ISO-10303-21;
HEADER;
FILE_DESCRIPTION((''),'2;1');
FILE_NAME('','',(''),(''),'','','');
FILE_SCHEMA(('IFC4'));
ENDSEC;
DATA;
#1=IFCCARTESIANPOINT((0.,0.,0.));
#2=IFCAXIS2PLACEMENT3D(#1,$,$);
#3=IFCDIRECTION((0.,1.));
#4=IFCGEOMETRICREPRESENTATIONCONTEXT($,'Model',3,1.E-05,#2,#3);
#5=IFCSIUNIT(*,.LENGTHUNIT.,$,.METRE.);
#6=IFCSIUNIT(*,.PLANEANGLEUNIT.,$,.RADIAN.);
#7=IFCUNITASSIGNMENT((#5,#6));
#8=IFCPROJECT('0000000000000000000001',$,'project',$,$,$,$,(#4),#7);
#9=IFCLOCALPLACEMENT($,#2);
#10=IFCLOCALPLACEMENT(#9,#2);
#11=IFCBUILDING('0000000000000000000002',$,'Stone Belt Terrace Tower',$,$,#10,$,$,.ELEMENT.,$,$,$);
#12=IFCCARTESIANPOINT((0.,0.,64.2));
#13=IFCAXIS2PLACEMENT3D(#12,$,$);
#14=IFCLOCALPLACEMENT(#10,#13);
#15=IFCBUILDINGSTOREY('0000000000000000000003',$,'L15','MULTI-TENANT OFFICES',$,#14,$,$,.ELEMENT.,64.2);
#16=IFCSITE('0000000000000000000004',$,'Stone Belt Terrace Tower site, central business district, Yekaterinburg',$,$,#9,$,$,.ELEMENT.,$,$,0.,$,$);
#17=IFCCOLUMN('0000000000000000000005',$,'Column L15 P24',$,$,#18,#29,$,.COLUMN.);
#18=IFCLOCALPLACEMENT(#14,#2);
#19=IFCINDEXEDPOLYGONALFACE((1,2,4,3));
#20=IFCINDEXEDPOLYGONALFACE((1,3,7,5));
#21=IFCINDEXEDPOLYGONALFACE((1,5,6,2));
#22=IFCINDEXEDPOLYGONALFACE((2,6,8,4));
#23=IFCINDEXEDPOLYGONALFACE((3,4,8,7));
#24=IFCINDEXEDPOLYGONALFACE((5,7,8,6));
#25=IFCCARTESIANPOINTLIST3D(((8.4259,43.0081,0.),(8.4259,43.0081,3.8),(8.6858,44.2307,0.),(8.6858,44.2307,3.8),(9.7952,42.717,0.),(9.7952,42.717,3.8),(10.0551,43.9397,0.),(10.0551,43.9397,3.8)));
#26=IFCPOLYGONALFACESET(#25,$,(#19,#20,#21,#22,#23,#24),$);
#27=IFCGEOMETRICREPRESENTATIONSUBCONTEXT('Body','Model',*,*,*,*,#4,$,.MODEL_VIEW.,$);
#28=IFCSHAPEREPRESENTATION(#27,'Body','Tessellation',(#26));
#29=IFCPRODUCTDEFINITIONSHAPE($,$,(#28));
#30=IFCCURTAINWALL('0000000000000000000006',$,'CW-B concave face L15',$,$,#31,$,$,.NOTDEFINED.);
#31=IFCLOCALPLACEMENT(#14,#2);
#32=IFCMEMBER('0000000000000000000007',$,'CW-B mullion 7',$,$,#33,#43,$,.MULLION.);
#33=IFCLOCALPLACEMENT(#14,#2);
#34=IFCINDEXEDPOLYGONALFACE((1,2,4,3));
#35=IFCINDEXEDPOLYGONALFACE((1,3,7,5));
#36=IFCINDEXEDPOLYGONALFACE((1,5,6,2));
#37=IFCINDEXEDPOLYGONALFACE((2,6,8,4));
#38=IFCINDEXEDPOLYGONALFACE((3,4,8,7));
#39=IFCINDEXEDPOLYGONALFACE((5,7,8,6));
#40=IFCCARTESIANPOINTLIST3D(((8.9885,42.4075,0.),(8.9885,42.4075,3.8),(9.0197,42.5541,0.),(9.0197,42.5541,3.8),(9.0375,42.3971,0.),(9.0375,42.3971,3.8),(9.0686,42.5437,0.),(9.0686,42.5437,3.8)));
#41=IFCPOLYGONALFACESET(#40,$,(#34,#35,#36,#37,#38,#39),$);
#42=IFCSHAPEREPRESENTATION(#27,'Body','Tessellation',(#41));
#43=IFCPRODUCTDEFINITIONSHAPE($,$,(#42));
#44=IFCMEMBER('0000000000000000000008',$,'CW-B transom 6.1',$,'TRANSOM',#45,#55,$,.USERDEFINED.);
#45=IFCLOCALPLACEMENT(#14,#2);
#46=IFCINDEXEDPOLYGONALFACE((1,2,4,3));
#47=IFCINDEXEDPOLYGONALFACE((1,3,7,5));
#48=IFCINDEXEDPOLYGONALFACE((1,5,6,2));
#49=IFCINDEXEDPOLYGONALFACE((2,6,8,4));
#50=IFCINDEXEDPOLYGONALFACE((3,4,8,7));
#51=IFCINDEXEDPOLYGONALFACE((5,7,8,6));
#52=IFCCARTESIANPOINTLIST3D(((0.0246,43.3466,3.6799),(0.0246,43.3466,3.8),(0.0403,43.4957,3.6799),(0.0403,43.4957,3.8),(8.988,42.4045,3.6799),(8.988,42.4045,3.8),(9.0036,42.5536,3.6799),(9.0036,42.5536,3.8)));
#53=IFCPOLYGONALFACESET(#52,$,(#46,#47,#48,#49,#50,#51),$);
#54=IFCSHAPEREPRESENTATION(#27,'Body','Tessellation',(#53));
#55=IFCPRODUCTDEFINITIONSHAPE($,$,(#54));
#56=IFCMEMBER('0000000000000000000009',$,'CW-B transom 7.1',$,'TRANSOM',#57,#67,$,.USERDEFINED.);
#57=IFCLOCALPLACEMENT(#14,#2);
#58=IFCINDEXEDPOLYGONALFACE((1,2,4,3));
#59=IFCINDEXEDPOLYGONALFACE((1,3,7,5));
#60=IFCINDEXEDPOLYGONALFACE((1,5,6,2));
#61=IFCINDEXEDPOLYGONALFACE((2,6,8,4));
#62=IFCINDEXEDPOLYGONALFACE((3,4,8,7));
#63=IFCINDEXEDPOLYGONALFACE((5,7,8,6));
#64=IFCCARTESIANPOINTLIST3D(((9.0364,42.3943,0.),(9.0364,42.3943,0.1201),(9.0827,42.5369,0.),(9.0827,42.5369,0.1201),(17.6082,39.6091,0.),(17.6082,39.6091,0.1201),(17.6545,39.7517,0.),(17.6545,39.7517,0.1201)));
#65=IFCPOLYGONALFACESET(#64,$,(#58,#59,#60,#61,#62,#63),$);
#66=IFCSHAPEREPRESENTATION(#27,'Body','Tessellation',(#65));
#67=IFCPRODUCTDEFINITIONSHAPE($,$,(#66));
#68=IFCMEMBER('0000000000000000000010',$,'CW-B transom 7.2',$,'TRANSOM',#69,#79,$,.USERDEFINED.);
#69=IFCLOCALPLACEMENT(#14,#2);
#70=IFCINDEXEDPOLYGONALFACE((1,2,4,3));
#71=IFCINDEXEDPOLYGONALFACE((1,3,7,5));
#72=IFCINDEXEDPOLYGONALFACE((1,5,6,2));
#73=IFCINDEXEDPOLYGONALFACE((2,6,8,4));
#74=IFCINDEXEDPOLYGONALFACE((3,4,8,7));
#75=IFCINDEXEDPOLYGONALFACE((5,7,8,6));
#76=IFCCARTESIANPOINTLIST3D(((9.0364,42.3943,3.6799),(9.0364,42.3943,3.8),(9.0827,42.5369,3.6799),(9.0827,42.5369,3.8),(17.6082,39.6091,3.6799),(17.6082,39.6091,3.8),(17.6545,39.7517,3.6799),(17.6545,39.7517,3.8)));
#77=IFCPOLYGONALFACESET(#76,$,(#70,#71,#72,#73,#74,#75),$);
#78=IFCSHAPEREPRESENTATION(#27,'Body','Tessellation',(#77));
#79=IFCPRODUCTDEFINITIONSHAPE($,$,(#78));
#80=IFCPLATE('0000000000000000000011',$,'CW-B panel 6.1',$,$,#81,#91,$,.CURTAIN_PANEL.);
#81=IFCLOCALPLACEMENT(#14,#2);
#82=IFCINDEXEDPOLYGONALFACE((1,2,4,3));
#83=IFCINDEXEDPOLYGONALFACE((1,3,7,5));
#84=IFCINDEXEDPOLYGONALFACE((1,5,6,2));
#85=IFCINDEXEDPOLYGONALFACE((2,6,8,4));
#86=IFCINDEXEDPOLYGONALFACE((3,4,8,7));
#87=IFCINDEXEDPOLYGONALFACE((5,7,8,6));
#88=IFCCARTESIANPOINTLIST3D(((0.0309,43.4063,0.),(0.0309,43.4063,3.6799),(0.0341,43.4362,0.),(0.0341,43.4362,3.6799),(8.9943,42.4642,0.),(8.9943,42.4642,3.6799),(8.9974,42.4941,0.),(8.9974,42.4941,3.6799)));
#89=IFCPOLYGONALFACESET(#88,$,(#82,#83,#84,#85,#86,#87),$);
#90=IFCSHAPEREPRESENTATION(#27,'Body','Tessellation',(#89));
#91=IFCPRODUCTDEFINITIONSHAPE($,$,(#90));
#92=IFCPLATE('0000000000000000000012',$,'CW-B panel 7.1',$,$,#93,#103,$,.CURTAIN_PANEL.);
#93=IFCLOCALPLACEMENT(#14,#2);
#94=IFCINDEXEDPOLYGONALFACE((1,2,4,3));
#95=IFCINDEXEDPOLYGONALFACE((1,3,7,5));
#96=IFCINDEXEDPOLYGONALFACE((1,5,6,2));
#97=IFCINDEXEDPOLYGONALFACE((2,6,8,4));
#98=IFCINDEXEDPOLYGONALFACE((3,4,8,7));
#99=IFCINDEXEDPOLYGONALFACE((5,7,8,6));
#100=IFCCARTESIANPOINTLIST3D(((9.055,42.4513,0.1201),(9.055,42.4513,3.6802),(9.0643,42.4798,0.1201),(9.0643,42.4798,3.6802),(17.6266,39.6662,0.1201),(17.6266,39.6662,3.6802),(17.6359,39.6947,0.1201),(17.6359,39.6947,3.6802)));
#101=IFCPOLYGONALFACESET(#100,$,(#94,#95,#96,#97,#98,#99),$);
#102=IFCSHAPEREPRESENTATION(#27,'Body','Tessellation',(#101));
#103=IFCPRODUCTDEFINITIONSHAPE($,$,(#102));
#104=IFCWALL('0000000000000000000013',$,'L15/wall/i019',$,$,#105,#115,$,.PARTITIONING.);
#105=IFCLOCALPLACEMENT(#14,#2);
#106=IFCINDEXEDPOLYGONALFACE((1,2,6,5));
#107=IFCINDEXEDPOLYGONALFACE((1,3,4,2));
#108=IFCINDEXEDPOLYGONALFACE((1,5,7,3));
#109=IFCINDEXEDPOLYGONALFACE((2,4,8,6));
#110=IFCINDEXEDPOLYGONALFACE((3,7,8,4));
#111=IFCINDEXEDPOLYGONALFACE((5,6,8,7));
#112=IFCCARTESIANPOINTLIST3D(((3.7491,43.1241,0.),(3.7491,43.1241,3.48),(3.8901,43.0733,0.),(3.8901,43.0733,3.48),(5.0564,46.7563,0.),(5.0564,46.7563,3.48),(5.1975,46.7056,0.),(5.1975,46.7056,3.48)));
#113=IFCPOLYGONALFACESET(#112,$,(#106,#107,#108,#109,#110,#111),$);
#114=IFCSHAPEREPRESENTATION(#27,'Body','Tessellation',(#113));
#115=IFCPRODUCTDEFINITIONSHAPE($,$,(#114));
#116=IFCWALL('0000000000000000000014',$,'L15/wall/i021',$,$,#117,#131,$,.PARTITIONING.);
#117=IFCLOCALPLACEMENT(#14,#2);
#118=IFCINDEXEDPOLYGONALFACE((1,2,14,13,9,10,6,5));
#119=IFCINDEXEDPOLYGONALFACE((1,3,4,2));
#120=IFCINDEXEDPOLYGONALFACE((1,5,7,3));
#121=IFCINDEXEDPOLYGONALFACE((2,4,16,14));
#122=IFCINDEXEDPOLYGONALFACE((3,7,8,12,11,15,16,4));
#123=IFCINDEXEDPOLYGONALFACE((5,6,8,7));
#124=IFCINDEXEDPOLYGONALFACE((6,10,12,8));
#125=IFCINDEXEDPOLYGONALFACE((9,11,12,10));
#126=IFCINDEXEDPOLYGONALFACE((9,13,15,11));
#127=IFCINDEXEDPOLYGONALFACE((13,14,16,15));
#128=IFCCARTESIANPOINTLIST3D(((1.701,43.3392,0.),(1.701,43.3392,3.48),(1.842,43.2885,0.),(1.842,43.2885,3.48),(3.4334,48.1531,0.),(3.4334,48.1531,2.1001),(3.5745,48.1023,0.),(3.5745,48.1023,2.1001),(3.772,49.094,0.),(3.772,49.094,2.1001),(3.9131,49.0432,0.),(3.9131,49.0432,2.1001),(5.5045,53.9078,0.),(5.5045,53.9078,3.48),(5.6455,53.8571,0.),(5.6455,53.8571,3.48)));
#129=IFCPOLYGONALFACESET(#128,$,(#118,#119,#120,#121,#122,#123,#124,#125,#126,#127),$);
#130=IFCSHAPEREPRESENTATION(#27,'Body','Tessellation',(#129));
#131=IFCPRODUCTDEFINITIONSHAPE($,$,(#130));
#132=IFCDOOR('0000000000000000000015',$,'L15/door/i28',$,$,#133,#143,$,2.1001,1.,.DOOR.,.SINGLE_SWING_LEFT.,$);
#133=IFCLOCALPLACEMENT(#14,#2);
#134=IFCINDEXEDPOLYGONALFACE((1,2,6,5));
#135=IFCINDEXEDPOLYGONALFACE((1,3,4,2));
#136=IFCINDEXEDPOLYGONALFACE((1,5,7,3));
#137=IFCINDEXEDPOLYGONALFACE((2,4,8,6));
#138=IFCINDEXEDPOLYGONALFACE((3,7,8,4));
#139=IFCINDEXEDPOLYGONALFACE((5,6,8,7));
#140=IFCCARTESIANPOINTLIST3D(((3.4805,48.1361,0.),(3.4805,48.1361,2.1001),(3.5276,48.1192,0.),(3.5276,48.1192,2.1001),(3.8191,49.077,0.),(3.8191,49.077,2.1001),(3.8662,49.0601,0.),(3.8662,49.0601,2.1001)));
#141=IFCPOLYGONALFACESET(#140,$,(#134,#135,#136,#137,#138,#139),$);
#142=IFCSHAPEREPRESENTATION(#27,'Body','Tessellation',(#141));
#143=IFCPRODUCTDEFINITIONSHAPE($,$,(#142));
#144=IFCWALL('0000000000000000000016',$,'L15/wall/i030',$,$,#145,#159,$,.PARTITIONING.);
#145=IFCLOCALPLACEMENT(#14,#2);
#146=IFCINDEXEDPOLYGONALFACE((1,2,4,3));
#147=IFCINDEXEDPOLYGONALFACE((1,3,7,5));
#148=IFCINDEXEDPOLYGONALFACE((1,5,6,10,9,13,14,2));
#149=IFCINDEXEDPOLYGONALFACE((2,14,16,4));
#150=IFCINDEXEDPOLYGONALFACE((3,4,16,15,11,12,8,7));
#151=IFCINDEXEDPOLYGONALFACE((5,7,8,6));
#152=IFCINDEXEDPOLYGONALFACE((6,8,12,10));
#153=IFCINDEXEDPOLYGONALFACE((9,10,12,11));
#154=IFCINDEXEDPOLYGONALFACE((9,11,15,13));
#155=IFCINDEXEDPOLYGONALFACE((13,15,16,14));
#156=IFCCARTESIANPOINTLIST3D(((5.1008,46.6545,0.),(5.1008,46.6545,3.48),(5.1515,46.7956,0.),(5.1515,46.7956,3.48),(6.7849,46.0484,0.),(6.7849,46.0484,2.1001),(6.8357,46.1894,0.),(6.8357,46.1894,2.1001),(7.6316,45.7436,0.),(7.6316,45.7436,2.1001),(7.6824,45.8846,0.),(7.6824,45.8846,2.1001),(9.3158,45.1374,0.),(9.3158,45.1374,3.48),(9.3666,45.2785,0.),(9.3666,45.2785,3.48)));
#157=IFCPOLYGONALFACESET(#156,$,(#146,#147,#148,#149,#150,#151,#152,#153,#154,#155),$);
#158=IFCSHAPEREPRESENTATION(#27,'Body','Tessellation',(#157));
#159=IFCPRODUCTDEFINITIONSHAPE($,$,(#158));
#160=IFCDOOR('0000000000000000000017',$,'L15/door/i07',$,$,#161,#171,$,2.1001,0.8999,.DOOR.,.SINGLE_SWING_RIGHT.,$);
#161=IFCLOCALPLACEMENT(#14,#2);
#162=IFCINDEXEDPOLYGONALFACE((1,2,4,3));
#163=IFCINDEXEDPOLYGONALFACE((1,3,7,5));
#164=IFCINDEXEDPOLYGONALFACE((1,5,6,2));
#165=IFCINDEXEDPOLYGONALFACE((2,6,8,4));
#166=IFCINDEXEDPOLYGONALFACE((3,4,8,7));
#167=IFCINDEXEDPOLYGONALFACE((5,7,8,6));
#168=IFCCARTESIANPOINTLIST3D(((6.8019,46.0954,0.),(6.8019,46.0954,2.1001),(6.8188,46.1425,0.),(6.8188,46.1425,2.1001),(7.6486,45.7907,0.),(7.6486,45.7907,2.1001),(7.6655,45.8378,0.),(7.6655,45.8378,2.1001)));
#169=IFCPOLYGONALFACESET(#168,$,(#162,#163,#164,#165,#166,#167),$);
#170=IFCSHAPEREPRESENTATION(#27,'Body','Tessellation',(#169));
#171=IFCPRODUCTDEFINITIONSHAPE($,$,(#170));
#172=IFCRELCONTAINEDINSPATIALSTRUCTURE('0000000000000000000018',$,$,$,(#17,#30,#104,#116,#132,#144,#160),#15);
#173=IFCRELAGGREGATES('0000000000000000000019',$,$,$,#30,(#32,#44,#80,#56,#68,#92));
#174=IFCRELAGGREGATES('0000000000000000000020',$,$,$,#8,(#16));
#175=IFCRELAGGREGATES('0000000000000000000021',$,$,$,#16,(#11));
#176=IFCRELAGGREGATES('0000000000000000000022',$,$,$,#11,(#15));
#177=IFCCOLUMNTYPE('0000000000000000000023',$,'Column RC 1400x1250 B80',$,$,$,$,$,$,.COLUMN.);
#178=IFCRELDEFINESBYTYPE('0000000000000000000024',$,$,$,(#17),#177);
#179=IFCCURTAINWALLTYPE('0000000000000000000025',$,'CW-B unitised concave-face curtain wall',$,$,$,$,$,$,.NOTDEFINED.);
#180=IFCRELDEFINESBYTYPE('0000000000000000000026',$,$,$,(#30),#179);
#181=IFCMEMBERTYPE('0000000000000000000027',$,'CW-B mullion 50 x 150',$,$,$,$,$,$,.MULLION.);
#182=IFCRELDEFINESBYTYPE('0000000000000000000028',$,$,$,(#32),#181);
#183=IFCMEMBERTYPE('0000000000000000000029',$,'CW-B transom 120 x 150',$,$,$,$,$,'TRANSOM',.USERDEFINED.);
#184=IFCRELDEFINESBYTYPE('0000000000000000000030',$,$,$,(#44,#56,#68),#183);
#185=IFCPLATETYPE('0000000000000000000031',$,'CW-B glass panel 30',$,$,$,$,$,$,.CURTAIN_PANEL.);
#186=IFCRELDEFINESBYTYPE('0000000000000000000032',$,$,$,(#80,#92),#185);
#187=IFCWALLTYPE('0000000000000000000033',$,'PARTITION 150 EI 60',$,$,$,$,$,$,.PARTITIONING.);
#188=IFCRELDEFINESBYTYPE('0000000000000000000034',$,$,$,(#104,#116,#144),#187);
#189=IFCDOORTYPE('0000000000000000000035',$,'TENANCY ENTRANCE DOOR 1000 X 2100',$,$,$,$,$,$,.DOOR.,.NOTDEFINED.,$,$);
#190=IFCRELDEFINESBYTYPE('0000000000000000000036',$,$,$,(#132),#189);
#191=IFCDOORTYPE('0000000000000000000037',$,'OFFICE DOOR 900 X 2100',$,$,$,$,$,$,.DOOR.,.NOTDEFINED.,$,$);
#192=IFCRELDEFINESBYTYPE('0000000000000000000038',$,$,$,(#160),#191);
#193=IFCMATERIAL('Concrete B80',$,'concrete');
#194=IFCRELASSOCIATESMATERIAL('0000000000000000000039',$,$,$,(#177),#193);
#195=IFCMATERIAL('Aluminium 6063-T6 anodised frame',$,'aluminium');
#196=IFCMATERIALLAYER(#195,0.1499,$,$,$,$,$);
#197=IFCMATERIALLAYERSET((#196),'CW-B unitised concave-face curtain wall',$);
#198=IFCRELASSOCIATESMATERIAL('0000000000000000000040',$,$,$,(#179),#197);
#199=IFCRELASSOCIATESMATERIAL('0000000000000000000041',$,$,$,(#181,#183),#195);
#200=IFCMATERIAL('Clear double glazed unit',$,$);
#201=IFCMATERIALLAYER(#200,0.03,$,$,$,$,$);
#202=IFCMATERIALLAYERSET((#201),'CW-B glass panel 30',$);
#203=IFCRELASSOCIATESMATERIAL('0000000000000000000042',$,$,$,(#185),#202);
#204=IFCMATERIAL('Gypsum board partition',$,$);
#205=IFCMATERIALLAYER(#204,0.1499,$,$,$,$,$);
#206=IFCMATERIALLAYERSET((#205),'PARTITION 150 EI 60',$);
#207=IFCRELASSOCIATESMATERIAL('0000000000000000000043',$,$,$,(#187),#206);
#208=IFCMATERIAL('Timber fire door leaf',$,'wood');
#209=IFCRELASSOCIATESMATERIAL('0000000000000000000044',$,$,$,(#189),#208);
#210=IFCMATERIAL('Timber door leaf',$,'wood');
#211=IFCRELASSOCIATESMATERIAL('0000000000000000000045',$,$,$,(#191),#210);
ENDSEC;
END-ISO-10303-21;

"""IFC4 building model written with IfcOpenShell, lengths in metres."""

from ifc_helpers import new_model, si_unit, direction, frame, frame_2d, origin, origin_2d, place, context, subcontext, project, spatial, rectangle, extrude, material, layer, layer_set, material_profile, profile_set, type_object, element, fill, aggregate, save


model = new_model("IFC4")

# Units and contexts
model_context = context("Model", 3, precision=1e-05, world=origin(), true_north=direction((0.0, 1.0)))
body_context = subcontext(model_context, "Body", "Model", "MODEL_VIEW")
ifc_project = project(units=[si_unit("LENGTHUNIT", "METRE"), si_unit("PLANEANGLEUNIT", "RADIAN")], contexts=[model_context])

# Site, building, storey
site_placement = place(None, origin())
site = spatial("IfcSite", under=ifc_project, at=site_placement, Name="Stone Belt Terrace Tower site, central business district, Yekaterinburg", CompositionType="ELEMENT", RefElevation=0.0)
building_placement = place(site_placement, origin())
building = spatial("IfcBuilding", under=site, at=building_placement, Name="Stone Belt Terrace Tower", CompositionType="ELEMENT")
storey_placement = place(building_placement, frame((0.0, 0.0, 64.2)))
storey = spatial("IfcBuildingStorey", under=building, at=storey_placement, Name="L15", Description="MULTI-TENANT OFFICES", CompositionType="ELEMENT", Elevation=64.2)

# Column
ifc_material_1 = material(Name="Concrete B80", Category="concrete")
ifc_material_profile_1 = material_profile(ifc_material_1, rectangle(XDim=1.3999, YDim=1.25, at=origin_2d()), Name="RC 1400x1250")
ifc_profile_set_1 = profile_set([ifc_material_profile_1], Name="Concrete B80")
column_type = type_object("IfcColumnType", Name="Column RC 1400x1250 B80", PredefinedType="COLUMN", material=ifc_profile_set_1)
column_placement = place(storey_placement, frame((9.2405, 43.4739, 0.0), z_axis=(0.0, 0.0, 1.0), x_axis=(0.978148, -0.207912, 0.0)))
element("IfcColumn", 1, at=column_placement, inside=storey, type_object=column_type, Name="Column L15 P24", PredefinedType="COLUMN", context=body_context, shape_type="SweptSolid", body=[
    extrude(rectangle(XDim=1.3999, YDim=1.25, at=origin_2d()), origin(), (0.0, 0.0, 1.0), 3.8),
])

# Curtain wall, members, plates
ifc_material_2 = material(Name="Aluminium 6063-T6 anodised frame", Category="aluminium")
ifc_layer_1 = layer(ifc_material_2, 0.1499)
ifc_layer_set_1 = layer_set([ifc_layer_1], Name="CW-B unitised concave-face curtain wall")
curtain_wall_type = type_object("IfcCurtainWallType", Name="CW-B unitised concave-face curtain wall", PredefinedType="NOTDEFINED", material=ifc_layer_set_1)
curtain_wall_placement = place(storey_placement, origin())
curtain_wall = element("IfcCurtainWall", 2, at=curtain_wall_placement, inside=storey, type_object=curtain_wall_type, Name="CW-B concave face L15", PredefinedType="NOTDEFINED")
ifc_material_profile_2 = material_profile(ifc_material_2, rectangle(XDim=0.1499, YDim=0.05, at=origin_2d()), Name="Aluminium 6063-T6 50x150")
ifc_profile_set_2 = profile_set([ifc_material_profile_2], Name="Aluminium 6063-T6 anodised frame")
member_type_1 = type_object("IfcMemberType", Name="CW-B mullion 50 x 150", PredefinedType="MULLION", material=ifc_profile_set_2)
member_1_placement = place(storey_placement, frame((9.0286, 42.4756, 0.0), z_axis=(0.0, 0.0, 1.0), x_axis=(0.207912, 0.978148, 0.0)))
member_1 = element("IfcMember", 3, at=member_1_placement, type_object=member_type_1, Name="CW-B mullion 7", PredefinedType="MULLION", context=body_context, shape_type="SweptSolid", body=[
    extrude(rectangle(XDim=0.1499, YDim=0.05, at=origin_2d()), origin(), (0.0, 0.0, 1.0), 3.8),
])
ifc_material_profile_3 = material_profile(ifc_material_2, rectangle(XDim=0.1499, YDim=0.1201, at=origin_2d()), Name="Aluminium 6063-T6 150x120")
ifc_profile_set_3 = profile_set([ifc_material_profile_3], Name="Aluminium 6063-T6 anodised frame")
member_type_2 = type_object("IfcMemberType", Name="CW-B transom 120 x 150", ElementType="TRANSOM", PredefinedType="USERDEFINED", material=ifc_profile_set_3)
member_2_placement = place(storey_placement, frame((0.0325, 43.4211, 3.74), z_axis=(0.994521, -0.104534, 0.0), x_axis=(0.104534, 0.994521, 0.0)))
member_2 = element("IfcMember", 4, at=member_2_placement, type_object=member_type_2, Name="CW-B transom 6.1", ObjectType="TRANSOM", PredefinedType="USERDEFINED", context=body_context, shape_type="SweptSolid", body=[
    extrude(rectangle(XDim=0.1499, YDim=0.1201, at=origin_2d()), origin(), (0.0, 0.0, 1.0), 9.0127),
])
member_3_placement = place(storey_placement, frame((9.0596, 42.4656, 0.0601), z_axis=(0.951056, -0.309019, 0.0), x_axis=(0.309019, 0.951056, 0.0)))
member_3 = element("IfcMember", 5, at=member_3_placement, type_object=member_type_2, Name="CW-B transom 7.1", ObjectType="TRANSOM", PredefinedType="USERDEFINED", context=body_context, shape_type="SweptSolid", body=[
    extrude(rectangle(XDim=0.1499, YDim=0.1201, at=origin_2d()), origin(), (0.0, 0.0, 1.0), 9.0129),
])
member_4_placement = place(storey_placement, frame((9.0596, 42.4656, 3.74), z_axis=(0.951056, -0.309019, 0.0), x_axis=(0.309019, 0.951056, 0.0)))
member_4 = element("IfcMember", 6, at=member_4_placement, type_object=member_type_2, Name="CW-B transom 7.2", ObjectType="TRANSOM", PredefinedType="USERDEFINED", context=body_context, shape_type="SweptSolid", body=[
    extrude(rectangle(XDim=0.1499, YDim=0.1201, at=origin_2d()), origin(), (0.0, 0.0, 1.0), 9.0129),
])
ifc_material_3 = material(Name="Clear double glazed unit")
ifc_layer_2 = layer(ifc_material_3, 0.03)
ifc_layer_set_2 = layer_set([ifc_layer_2], Name="CW-B glass panel 30")
plate_type = type_object("IfcPlateType", Name="CW-B glass panel 30", PredefinedType="CURTAIN_PANEL", material=ifc_layer_set_2)
plate_1_placement = place(storey_placement, frame((4.5142, 42.9502, 0.0), z_axis=(0.0, 0.0, 1.0), x_axis=(0.994522, -0.104528, 0.0)))
plate_1 = element("IfcPlate", 7, at=plate_1_placement, type_object=plate_type, Name="CW-B panel 6.1", PredefinedType="CURTAIN_PANEL", context=body_context, shape_type="SweptSolid", body=[
    extrude(rectangle(XDim=9.0127, YDim=0.03, at=origin_2d()), origin(), (0.0, 0.0, 1.0), 3.6799),
])
plate_2_placement = place(storey_placement, frame((13.3455, 41.073, 0.1201), z_axis=(0.0, 0.0, 1.0), x_axis=(0.951057, -0.309017, 0.0)))
plate_2 = element("IfcPlate", 8, at=plate_2_placement, type_object=plate_type, Name="CW-B panel 7.1", PredefinedType="CURTAIN_PANEL", context=body_context, shape_type="SweptSolid", body=[
    extrude(rectangle(XDim=9.0127, YDim=0.03, at=origin_2d()), origin(), (0.0, 0.0, 1.0), 3.5601),
])
aggregate(curtain_wall, [member_1, member_2, plate_1, member_3, member_4, plate_2])

# Wall
ifc_material_4 = material(Name="Gypsum board partition")
ifc_layer_3 = layer(ifc_material_4, 0.1499)
ifc_layer_set_3 = layer_set([ifc_layer_3], Name="PARTITION 150 EI 60")
wall_type_1 = type_object("IfcWallType", Name="PARTITION 150 EI 60", PredefinedType="PARTITIONING", material=ifc_layer_set_3)
wall_1_placement = place(storey_placement, frame((5.127, 46.731, 0.0), z_axis=(0.0, 0.0, 1.0), x_axis=(-0.338659, -0.940909, 0.0)))
element("IfcWall", 9, at=wall_1_placement, inside=storey, type_object=wall_type_1, Name="L15/wall/i019", PredefinedType="PARTITIONING", context=body_context, shape_type="SweptSolid", body=[
    extrude(rectangle(XDim=3.8604, YDim=0.1499, at=frame_2d((1.9302, 0.0))), origin(), (0.0, 0.0, 1.0), 3.48),
])

# Walls, openings, doors
wall_2_placement = place(storey_placement, frame((1.7715, 43.3137, 0.0), z_axis=(0.0, 0.0, 1.0), x_axis=(0.338622, 0.940922, 0.0)))
wall_2 = element("IfcWall", 10, at=wall_2_placement, inside=storey, type_object=wall_type_1, Name="L15/wall/i021", PredefinedType="PARTITIONING", context=body_context, shape_type="SweptSolid", body=[
    extrude(rectangle(XDim=11.2322, YDim=0.1499, at=frame_2d((5.6162, 0.0))), origin(), (0.0, 0.0, 1.0), 3.48),
])
opening_1_placement = place(wall_2_placement, frame((5.1162, 0.0, 0.0)))
opening_1 = element("IfcOpeningElement", 11, at=opening_1_placement, cuts=wall_2, PredefinedType="OPENING", context=body_context, shape_type="SweptSolid", body=[
    extrude(rectangle(XDim=1.0, YDim=2.1001, at=frame_2d((0.5, 1.05))), frame((0.0, 0.085, 0.0), z_axis=(0.0, -1.0, 0.0), x_axis=(1.0, 0.0, 0.0)), (0.0, 0.0, 1.0), 0.1699),
])
ifc_material_5 = material(Name="Timber fire door leaf", Category="wood")
door_type_1 = type_object("IfcDoorType", Name="TENANCY ENTRANCE DOOR 1000 X 2100", OperationType="NOTDEFINED", PredefinedType="DOOR", material=ifc_material_5)
door_1_placement = place(opening_1_placement, origin())
door_1 = element("IfcDoor", 12, at=door_1_placement, inside=storey, type_object=door_type_1, Name="L15/door/i28", OperationType="SINGLE_SWING_LEFT", OverallHeight=2.1001, OverallWidth=1.0, PredefinedType="DOOR", context=body_context, shape_type="SweptSolid", body=[
    extrude(rectangle(XDim=1.0, YDim=2.1001, at=frame_2d((0.5, 1.05))), frame((0.0, 0.0249, 0.0), z_axis=(0.0, -1.0, 0.0), x_axis=(1.0, 0.0, 0.0)), (0.0, 0.0, 1.0), 0.05),
])
fill(opening_1, door_1)
wall_3_placement = place(storey_placement, frame((9.3411, 45.208, 0.0), z_axis=(0.0, 0.0, 1.0), x_axis=(-0.940912, 0.338652, 0.0)))
wall_3 = element("IfcWall", 13, at=wall_3_placement, inside=storey, type_object=wall_type_1, Name="L15/wall/i030", PredefinedType="PARTITIONING", context=body_context, shape_type="SweptSolid", body=[
    extrude(rectangle(XDim=4.4797, YDim=0.1499, at=frame_2d((2.2397, 0.0))), origin(), (0.0, 0.0, 1.0), 3.48),
])
opening_2_placement = place(wall_3_placement, frame((1.7898, 0.0, 0.0)))
opening_2 = element("IfcOpeningElement", 14, at=opening_2_placement, cuts=wall_3, PredefinedType="OPENING", context=body_context, shape_type="SweptSolid", body=[
    extrude(rectangle(XDim=0.8999, YDim=2.1001, at=frame_2d((0.45, 1.05))), frame((0.0, 0.085, 0.0), z_axis=(0.0, -1.0, 0.0), x_axis=(1.0, 0.0, 0.0)), (0.0, 0.0, 1.0), 0.1699),
])
ifc_material_6 = material(Name="Timber door leaf", Category="wood")
door_type_2 = type_object("IfcDoorType", Name="OFFICE DOOR 900 X 2100", OperationType="NOTDEFINED", PredefinedType="DOOR", material=ifc_material_6)
door_2_placement = place(opening_2_placement, origin())
door_2 = element("IfcDoor", 15, at=door_2_placement, inside=storey, type_object=door_type_2, Name="L15/door/i07", OperationType="SINGLE_SWING_RIGHT", OverallHeight=2.1001, OverallWidth=0.8999, PredefinedType="DOOR", context=body_context, shape_type="SweptSolid", body=[
    extrude(rectangle(XDim=0.8999, YDim=2.1001, at=frame_2d((0.45, 1.05))), frame((0.0, 0.0249, 0.0), z_axis=(0.0, -1.0, 0.0), x_axis=(1.0, 0.0, 0.0)), (0.0, 0.0, 1.0), 0.05),
])
fill(opening_2, door_2)

save(model, "model.ifc")
